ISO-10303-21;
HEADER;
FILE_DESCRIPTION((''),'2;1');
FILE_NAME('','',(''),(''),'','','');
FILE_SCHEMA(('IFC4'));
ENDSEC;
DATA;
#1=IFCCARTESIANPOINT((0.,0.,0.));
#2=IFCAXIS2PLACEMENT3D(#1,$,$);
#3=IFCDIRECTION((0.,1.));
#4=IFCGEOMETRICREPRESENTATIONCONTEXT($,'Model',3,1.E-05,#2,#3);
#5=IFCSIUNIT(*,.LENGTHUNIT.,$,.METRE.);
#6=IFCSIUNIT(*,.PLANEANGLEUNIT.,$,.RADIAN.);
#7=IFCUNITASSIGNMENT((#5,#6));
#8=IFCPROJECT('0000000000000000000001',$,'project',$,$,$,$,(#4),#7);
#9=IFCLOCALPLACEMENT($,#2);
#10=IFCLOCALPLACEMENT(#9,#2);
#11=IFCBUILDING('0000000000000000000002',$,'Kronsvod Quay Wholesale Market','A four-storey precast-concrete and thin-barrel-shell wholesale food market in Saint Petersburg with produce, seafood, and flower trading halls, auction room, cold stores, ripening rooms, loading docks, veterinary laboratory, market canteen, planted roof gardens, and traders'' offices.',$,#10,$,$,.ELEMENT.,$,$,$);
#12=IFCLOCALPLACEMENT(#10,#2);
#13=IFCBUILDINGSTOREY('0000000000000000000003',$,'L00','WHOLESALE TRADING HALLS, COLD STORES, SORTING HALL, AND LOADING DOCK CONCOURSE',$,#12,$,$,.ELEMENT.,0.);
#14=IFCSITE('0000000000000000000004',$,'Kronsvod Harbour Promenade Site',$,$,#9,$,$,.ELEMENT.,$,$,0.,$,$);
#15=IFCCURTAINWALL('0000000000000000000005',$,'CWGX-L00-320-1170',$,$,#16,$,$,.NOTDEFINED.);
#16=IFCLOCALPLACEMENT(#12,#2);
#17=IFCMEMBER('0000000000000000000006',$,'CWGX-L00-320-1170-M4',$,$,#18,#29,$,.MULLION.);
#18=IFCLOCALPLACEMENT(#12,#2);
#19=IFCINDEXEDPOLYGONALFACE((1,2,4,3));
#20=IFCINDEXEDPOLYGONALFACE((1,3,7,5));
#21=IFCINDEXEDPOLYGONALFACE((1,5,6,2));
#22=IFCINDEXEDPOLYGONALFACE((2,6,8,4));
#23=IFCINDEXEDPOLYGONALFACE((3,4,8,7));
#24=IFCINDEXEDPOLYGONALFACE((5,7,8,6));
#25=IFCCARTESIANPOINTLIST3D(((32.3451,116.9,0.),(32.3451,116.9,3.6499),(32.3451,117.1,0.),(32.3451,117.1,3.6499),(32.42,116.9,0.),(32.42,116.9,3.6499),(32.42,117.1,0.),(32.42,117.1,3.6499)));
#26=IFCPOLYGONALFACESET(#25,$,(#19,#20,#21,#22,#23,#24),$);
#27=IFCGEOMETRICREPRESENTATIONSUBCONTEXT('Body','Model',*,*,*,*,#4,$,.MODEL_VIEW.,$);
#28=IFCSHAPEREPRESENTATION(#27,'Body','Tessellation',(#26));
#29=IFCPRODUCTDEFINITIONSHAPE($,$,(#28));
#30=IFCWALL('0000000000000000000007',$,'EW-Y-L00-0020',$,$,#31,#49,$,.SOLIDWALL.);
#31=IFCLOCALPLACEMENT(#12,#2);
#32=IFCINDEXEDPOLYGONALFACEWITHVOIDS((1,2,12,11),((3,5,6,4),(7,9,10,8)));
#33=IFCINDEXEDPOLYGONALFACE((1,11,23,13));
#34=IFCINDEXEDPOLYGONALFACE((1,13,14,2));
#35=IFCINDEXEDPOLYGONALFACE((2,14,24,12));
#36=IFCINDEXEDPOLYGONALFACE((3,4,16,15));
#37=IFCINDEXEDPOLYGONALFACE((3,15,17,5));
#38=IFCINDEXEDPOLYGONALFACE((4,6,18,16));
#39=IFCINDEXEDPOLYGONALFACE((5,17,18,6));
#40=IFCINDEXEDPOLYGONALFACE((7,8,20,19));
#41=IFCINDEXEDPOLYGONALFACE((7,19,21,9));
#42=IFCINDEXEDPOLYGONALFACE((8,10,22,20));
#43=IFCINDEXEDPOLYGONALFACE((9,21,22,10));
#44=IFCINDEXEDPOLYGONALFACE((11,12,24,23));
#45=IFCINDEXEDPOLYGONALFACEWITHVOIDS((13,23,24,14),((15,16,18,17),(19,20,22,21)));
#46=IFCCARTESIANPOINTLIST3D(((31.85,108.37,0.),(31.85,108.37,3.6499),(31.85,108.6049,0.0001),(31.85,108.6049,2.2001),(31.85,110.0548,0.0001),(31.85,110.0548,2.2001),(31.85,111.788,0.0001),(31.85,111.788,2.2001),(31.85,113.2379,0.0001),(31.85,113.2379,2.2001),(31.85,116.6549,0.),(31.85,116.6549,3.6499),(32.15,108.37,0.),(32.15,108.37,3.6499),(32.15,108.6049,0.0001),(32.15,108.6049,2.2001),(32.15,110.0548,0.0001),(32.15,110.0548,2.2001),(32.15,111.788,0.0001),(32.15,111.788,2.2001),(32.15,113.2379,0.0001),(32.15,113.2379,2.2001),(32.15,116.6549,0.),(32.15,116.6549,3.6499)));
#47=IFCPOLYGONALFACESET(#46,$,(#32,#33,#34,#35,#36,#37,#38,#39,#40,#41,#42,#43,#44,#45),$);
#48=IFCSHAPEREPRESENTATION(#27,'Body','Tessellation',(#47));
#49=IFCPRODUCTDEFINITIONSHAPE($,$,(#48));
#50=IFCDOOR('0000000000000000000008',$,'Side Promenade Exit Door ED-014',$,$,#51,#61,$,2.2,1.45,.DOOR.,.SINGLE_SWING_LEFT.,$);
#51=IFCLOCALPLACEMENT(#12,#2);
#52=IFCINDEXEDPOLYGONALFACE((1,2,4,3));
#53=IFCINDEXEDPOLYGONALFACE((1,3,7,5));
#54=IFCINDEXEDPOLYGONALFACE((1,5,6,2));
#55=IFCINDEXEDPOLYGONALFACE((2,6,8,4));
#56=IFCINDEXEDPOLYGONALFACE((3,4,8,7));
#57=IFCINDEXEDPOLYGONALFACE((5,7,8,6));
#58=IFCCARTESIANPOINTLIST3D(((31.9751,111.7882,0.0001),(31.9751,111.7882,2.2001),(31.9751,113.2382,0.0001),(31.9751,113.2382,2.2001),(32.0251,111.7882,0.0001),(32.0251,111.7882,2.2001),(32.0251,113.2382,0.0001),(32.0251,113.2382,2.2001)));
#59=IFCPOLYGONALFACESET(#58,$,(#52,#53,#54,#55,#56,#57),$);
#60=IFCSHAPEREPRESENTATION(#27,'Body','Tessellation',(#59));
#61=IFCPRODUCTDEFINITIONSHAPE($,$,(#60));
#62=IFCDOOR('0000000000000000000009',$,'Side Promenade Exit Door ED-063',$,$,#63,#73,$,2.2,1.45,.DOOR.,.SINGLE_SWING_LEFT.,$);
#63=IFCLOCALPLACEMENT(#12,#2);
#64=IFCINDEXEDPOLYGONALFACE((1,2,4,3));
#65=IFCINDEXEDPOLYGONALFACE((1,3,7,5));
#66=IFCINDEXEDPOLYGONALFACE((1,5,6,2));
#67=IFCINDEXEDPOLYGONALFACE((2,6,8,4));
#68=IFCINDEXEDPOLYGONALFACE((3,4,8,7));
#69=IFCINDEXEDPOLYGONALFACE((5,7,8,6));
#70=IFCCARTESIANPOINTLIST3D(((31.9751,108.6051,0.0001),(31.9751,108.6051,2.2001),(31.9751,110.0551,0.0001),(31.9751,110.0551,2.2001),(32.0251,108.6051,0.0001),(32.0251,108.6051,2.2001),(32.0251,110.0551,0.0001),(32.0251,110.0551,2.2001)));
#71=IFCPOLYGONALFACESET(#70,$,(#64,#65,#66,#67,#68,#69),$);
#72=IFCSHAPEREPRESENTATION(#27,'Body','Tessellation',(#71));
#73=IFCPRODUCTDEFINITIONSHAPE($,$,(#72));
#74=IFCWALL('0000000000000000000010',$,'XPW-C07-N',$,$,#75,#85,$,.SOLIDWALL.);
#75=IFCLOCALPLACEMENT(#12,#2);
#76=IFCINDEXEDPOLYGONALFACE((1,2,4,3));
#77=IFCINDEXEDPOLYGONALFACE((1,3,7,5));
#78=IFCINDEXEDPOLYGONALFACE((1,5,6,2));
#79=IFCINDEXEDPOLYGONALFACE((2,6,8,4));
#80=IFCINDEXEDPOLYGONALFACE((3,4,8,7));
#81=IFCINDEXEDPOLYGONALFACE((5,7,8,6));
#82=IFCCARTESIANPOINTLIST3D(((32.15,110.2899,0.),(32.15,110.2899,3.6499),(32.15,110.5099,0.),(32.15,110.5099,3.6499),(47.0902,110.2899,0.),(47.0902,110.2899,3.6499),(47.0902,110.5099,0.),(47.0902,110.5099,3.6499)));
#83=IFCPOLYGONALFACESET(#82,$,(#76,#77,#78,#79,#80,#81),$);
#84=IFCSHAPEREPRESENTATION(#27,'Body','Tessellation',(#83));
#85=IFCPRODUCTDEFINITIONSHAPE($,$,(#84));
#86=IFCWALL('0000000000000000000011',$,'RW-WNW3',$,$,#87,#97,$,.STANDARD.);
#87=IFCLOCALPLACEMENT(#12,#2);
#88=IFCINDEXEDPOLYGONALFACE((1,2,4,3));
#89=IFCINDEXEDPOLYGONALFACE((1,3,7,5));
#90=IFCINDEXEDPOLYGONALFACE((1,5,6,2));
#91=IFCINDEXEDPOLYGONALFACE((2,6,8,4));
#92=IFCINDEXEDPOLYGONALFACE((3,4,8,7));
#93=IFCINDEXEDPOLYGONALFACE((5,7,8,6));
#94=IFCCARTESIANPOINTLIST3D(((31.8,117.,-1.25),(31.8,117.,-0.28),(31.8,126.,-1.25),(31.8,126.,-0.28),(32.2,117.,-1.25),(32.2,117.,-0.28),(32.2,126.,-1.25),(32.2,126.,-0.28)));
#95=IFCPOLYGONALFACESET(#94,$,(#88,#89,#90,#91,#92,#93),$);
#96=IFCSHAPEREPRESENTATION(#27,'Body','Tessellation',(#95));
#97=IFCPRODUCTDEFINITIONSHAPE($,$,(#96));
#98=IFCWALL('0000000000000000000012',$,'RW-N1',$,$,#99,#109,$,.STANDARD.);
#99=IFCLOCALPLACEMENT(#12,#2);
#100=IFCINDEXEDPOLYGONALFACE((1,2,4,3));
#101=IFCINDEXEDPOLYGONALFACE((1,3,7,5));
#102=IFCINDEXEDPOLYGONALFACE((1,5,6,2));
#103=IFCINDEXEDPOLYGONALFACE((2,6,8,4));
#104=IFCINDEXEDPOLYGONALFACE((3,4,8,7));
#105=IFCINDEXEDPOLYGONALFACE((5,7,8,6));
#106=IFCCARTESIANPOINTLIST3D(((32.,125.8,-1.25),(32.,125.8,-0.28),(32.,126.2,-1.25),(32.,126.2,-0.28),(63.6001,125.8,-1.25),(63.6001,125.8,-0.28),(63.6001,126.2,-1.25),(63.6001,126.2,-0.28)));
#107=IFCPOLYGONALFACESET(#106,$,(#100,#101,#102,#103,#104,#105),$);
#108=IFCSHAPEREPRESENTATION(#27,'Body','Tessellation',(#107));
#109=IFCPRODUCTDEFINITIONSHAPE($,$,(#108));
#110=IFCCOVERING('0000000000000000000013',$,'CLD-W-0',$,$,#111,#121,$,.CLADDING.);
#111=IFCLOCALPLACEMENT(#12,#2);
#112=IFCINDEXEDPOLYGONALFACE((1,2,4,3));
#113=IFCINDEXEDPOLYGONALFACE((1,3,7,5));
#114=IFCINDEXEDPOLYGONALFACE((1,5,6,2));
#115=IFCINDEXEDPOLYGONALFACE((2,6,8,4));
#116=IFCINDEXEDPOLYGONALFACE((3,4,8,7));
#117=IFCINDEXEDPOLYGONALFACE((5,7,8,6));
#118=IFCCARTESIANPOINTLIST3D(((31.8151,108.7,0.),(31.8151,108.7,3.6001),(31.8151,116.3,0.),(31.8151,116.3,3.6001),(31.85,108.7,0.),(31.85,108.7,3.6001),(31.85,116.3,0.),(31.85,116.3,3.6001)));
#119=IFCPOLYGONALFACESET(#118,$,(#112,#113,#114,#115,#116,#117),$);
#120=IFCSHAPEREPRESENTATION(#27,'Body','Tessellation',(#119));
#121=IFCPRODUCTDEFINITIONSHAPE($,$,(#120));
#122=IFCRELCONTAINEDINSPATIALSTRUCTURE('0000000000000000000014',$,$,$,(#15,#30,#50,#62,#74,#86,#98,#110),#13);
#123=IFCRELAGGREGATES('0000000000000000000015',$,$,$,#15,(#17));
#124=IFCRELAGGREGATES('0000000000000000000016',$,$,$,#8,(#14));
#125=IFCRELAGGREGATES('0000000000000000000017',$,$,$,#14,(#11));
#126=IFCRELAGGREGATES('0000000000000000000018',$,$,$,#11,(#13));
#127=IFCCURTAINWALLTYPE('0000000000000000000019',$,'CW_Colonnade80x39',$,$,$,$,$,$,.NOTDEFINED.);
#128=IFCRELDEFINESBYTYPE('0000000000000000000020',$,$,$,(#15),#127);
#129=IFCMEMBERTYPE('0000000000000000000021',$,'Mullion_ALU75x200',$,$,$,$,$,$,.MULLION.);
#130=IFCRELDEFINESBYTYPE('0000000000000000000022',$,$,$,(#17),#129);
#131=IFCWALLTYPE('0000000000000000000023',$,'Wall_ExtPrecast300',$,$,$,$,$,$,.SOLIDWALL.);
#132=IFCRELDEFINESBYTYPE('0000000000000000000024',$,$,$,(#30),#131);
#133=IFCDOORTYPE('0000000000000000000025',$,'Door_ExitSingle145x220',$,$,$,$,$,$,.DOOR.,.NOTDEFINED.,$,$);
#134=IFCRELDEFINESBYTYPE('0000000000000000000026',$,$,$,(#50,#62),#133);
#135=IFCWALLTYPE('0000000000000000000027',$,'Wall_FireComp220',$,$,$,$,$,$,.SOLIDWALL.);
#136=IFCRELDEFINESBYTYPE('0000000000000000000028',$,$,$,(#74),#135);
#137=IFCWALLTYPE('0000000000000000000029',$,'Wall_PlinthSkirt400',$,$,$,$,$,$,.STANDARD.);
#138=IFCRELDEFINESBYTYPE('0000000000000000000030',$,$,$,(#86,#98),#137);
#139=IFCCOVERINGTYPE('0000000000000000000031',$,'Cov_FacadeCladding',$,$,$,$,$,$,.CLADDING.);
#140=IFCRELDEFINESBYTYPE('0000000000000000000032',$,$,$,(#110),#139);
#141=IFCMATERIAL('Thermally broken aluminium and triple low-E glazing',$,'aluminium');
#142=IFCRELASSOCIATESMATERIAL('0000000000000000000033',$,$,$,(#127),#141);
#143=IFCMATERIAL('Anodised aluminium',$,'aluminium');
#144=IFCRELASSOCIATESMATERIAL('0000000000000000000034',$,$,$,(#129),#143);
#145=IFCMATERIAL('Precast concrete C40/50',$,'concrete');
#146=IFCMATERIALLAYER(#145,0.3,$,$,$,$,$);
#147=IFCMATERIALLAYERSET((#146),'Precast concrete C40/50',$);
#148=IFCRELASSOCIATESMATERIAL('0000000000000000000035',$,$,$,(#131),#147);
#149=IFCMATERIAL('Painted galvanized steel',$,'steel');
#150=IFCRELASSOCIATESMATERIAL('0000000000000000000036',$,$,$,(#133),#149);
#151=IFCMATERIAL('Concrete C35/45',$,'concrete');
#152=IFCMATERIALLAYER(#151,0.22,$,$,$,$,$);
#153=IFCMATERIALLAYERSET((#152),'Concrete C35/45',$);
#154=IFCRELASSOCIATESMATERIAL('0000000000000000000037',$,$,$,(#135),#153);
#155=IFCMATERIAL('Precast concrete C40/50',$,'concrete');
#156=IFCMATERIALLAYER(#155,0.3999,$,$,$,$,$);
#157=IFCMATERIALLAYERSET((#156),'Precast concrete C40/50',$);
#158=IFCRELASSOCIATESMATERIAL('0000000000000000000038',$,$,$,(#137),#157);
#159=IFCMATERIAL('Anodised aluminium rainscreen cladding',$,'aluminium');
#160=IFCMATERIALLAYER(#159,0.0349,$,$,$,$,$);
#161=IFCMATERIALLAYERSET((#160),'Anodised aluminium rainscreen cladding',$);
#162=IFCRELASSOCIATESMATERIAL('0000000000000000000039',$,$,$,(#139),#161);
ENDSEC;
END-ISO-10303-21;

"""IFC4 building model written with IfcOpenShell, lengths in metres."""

from ifc_helpers import new_model, si_unit, direction, frame, frame_2d, origin, origin_2d, place, context, subcontext, project, spatial, rectangle, extrude, material, layer, layer_set, material_profile, profile_set, type_object, element, fill, aggregate, save


model = new_model("IFC4")

# Units and contexts
model_context = context("Model", 3, precision=1e-05, world=origin(), true_north=direction((0.0, 1.0)))
body_context = subcontext(model_context, "Body", "Model", "MODEL_VIEW")
ifc_project = project(units=[si_unit("LENGTHUNIT", "METRE"), si_unit("PLANEANGLEUNIT", "RADIAN")], contexts=[model_context])

# Site, building, storey
site_placement = place(None, origin())
site = spatial("IfcSite", under=ifc_project, at=site_placement, Name="Kronsvod Harbour Promenade Site", CompositionType="ELEMENT", RefElevation=0.0)
building_placement = place(site_placement, origin())
building = spatial("IfcBuilding", under=site, at=building_placement, Name="Kronsvod Quay Wholesale Market", Description="A four-storey precast-concrete and thin-barrel-shell wholesale food market in Saint Petersburg with produce, seafood, and flower trading halls, auction room, cold stores, ripening rooms, loading docks, veterinary laboratory, market canteen, planted roof gardens, and traders' offices.", CompositionType="ELEMENT")
storey_placement = place(building_placement, origin())
storey = spatial("IfcBuildingStorey", under=building, at=storey_placement, Name="L00", Description="WHOLESALE TRADING HALLS, COLD STORES, SORTING HALL, AND LOADING DOCK CONCOURSE", CompositionType="ELEMENT", Elevation=0.0)

# Curtain wall, member
ifc_material_1 = material(Name="Thermally broken aluminium and triple low-E glazing", Category="aluminium")
curtain_wall_type = type_object("IfcCurtainWallType", Name="CW_Colonnade80x39", PredefinedType="NOTDEFINED", material=ifc_material_1)
curtain_wall_placement = place(storey_placement, origin())
curtain_wall = element("IfcCurtainWall", 1, at=curtain_wall_placement, inside=storey, type_object=curtain_wall_type, Name="CWGX-L00-320-1170", PredefinedType="NOTDEFINED")
ifc_material_2 = material(Name="Anodised aluminium", Category="aluminium")
ifc_material_profile_1 = material_profile(ifc_material_2, rectangle(XDim=0.075, YDim=0.2, at=origin_2d()), Name="ALUM75x200")
ifc_profile_set_1 = profile_set([ifc_material_profile_1], Name="Anodised aluminium")
member_type = type_object("IfcMemberType", Name="Mullion_ALU75x200", PredefinedType="MULLION", material=ifc_profile_set_1)
member_placement = place(storey_placement, frame((32.3826, 117.0, 0.0), z_axis=(0.0, 0.0, 1.0), x_axis=(1.0, 0.0, 0.0)))
member = element("IfcMember", 2, at=member_placement, type_object=member_type, Name="CWGX-L00-320-1170-M4", PredefinedType="MULLION", context=body_context, shape_type="SweptSolid", body=[
    extrude(rectangle(XDim=0.075, YDim=0.2, at=origin_2d()), origin(), (0.0, 0.0, 1.0), 3.6499),
])
aggregate(curtain_wall, [member])

# Wall, openings, doors
ifc_material_3 = material(Name="Precast concrete C40/50", Category="concrete")
ifc_layer_1 = layer(ifc_material_3, 0.3)
ifc_layer_set_1 = layer_set([ifc_layer_1], Name="Precast concrete C40/50")
wall_type_1 = type_object("IfcWallType", Name="Wall_ExtPrecast300", PredefinedType="SOLIDWALL", material=ifc_layer_set_1)
wall_1_placement = place(storey_placement, frame((32.0, 116.655, 0.0), z_axis=(0.0, 0.0, 1.0), x_axis=(0.0, -1.0, 0.0)))
wall_1 = element("IfcWall", 3, at=wall_1_placement, inside=storey, type_object=wall_type_1, Name="EW-Y-L00-0020", PredefinedType="SOLIDWALL", context=body_context, shape_type="SweptSolid", body=[
    extrude(rectangle(XDim=8.2849, YDim=0.3, at=frame_2d((4.1426, 0.0))), origin(), (0.0, 0.0, 1.0), 3.6499),
])
opening_1_placement = place(wall_1_placement, frame((3.417, 0.0, 0.0)))
opening_1 = element("IfcOpeningElement", 4, at=opening_1_placement, cuts=wall_1, PredefinedType="OPENING", context=body_context, shape_type="SweptSolid", body=[
    extrude(rectangle(XDim=1.45, YDim=2.2, at=frame_2d((0.7251, 1.1001))), frame((0.0, 0.1602, 0.0), z_axis=(0.0, -1.0, 0.0), x_axis=(1.0, 0.0, 0.0)), (0.0, 0.0, 1.0), 0.3201),
])
opening_2_placement = place(wall_1_placement, frame((6.6001, 0.0, 0.0)))
opening_2 = element("IfcOpeningElement", 5, at=opening_2_placement, cuts=wall_1, PredefinedType="OPENING", context=body_context, shape_type="SweptSolid", body=[
    extrude(rectangle(XDim=1.45, YDim=2.2, at=frame_2d((0.7251, 1.1001))), frame((0.0, 0.1602, 0.0), z_axis=(0.0, -1.0, 0.0), x_axis=(1.0, 0.0, 0.0)), (0.0, 0.0, 1.0), 0.3201),
])
ifc_material_4 = material(Name="Painted galvanized steel", Category="steel")
door_type = type_object("IfcDoorType", Name="Door_ExitSingle145x220", OperationType="NOTDEFINED", PredefinedType="DOOR", material=ifc_material_4)
door_1_placement = place(opening_1_placement, frame((1.45, 0.0, 0.0), z_axis=(0.0, 0.0, 1.0), x_axis=(-1.0, 0.0, 0.0)))
door_1 = element("IfcDoor", 6, at=door_1_placement, inside=storey, type_object=door_type, Name="Side Promenade Exit Door ED-014", OperationType="SINGLE_SWING_LEFT", OverallHeight=2.2, OverallWidth=1.45, PredefinedType="DOOR", context=body_context, shape_type="SweptSolid", body=[
    extrude(rectangle(XDim=1.45, YDim=2.2, at=frame_2d((0.7251, 1.1001))), frame((0.0, 0.0249, 0.0), z_axis=(0.0, -1.0, 0.0), x_axis=(1.0, 0.0, 0.0)), (0.0, 0.0, 1.0), 0.05),
])
fill(opening_1, door_1)
door_2_placement = place(opening_2_placement, frame((1.45, 0.0, 0.0), z_axis=(0.0, 0.0, 1.0), x_axis=(-1.0, 0.0, 0.0)))
door_2 = element("IfcDoor", 7, at=door_2_placement, inside=storey, type_object=door_type, Name="Side Promenade Exit Door ED-063", OperationType="SINGLE_SWING_LEFT", OverallHeight=2.2, OverallWidth=1.45, PredefinedType="DOOR", context=body_context, shape_type="SweptSolid", body=[
    extrude(rectangle(XDim=1.45, YDim=2.2, at=frame_2d((0.7251, 1.1001))), frame((0.0, 0.0249, 0.0), z_axis=(0.0, -1.0, 0.0), x_axis=(1.0, 0.0, 0.0)), (0.0, 0.0, 1.0), 0.05),
])
fill(opening_2, door_2)

# Walls
ifc_material_5 = material(Name="Concrete C35/45", Category="concrete")
ifc_layer_2 = layer(ifc_material_5, 0.22)
ifc_layer_set_2 = layer_set([ifc_layer_2], Name="Concrete C35/45")
wall_type_2 = type_object("IfcWallType", Name="Wall_FireComp220", PredefinedType="SOLIDWALL", material=ifc_layer_set_2)
wall_2_placement = place(storey_placement, frame((32.1499, 110.3999, 0.0), z_axis=(0.0, 0.0, 1.0), x_axis=(1.0, 0.0, 0.0)))
element("IfcWall", 8, at=wall_2_placement, inside=storey, type_object=wall_type_2, Name="XPW-C07-N", PredefinedType="SOLIDWALL", context=body_context, shape_type="SweptSolid", body=[
    extrude(rectangle(XDim=14.9402, YDim=0.22, at=frame_2d((7.4702, 0.0))), origin(), (0.0, 0.0, 1.0), 3.6499),
])
ifc_material_6 = material(Name="Precast concrete C40/50", Category="concrete")
ifc_layer_3 = layer(ifc_material_6, 0.3999)
ifc_layer_set_3 = layer_set([ifc_layer_3], Name="Precast concrete C40/50")
wall_type_3 = type_object("IfcWallType", Name="Wall_PlinthSkirt400", PredefinedType="STANDARD", material=ifc_layer_set_3)
wall_3_placement = place(storey_placement, frame((32.0, 117.0, -1.25), z_axis=(0.0, 0.0, 1.0), x_axis=(0.0, 1.0, 0.0)))
element("IfcWall", 9, at=wall_3_placement, inside=storey, type_object=wall_type_3, Name="RW-WNW3", PredefinedType="STANDARD", context=body_context, shape_type="SweptSolid", body=[
    extrude(rectangle(XDim=9.0, YDim=0.3999, at=frame_2d((4.5, 0.0))), origin(), (0.0, 0.0, 1.0), 0.97),
])
wall_4_placement = place(storey_placement, frame((32.0, 126.0, -1.25), z_axis=(0.0, 0.0, 1.0), x_axis=(1.0, 0.0, 0.0)))
element("IfcWall", 10, at=wall_4_placement, inside=storey, type_object=wall_type_3, Name="RW-N1", PredefinedType="STANDARD", context=body_context, shape_type="SweptSolid", body=[
    extrude(rectangle(XDim=31.6001, YDim=0.3999, at=frame_2d((15.8, 0.0))), origin(), (0.0, 0.0, 1.0), 0.97),
])

# Covering
ifc_material_7 = material(Name="Anodised aluminium rainscreen cladding", Category="aluminium")
ifc_layer_4 = layer(ifc_material_7, 0.0349)
ifc_layer_set_4 = layer_set([ifc_layer_4], Name="Anodised aluminium rainscreen cladding")
covering_type = type_object("IfcCoveringType", Name="Cov_FacadeCladding", PredefinedType="CLADDING", material=ifc_layer_set_4)
covering_placement = place(storey_placement, frame((31.8325, 112.5, 0.0), z_axis=(0.0, 0.0, 1.0), x_axis=(1.0, 0.0, 0.0)))
element("IfcCovering", 11, at=covering_placement, inside=storey, type_object=covering_type, Name="CLD-W-0", PredefinedType="CLADDING", context=body_context, shape_type="SweptSolid", body=[
    extrude(rectangle(XDim=0.0349, YDim=7.6001, at=origin_2d()), origin(), (0.0, 0.0, 1.0), 3.6001),
])

save(model, "model.ifc")
